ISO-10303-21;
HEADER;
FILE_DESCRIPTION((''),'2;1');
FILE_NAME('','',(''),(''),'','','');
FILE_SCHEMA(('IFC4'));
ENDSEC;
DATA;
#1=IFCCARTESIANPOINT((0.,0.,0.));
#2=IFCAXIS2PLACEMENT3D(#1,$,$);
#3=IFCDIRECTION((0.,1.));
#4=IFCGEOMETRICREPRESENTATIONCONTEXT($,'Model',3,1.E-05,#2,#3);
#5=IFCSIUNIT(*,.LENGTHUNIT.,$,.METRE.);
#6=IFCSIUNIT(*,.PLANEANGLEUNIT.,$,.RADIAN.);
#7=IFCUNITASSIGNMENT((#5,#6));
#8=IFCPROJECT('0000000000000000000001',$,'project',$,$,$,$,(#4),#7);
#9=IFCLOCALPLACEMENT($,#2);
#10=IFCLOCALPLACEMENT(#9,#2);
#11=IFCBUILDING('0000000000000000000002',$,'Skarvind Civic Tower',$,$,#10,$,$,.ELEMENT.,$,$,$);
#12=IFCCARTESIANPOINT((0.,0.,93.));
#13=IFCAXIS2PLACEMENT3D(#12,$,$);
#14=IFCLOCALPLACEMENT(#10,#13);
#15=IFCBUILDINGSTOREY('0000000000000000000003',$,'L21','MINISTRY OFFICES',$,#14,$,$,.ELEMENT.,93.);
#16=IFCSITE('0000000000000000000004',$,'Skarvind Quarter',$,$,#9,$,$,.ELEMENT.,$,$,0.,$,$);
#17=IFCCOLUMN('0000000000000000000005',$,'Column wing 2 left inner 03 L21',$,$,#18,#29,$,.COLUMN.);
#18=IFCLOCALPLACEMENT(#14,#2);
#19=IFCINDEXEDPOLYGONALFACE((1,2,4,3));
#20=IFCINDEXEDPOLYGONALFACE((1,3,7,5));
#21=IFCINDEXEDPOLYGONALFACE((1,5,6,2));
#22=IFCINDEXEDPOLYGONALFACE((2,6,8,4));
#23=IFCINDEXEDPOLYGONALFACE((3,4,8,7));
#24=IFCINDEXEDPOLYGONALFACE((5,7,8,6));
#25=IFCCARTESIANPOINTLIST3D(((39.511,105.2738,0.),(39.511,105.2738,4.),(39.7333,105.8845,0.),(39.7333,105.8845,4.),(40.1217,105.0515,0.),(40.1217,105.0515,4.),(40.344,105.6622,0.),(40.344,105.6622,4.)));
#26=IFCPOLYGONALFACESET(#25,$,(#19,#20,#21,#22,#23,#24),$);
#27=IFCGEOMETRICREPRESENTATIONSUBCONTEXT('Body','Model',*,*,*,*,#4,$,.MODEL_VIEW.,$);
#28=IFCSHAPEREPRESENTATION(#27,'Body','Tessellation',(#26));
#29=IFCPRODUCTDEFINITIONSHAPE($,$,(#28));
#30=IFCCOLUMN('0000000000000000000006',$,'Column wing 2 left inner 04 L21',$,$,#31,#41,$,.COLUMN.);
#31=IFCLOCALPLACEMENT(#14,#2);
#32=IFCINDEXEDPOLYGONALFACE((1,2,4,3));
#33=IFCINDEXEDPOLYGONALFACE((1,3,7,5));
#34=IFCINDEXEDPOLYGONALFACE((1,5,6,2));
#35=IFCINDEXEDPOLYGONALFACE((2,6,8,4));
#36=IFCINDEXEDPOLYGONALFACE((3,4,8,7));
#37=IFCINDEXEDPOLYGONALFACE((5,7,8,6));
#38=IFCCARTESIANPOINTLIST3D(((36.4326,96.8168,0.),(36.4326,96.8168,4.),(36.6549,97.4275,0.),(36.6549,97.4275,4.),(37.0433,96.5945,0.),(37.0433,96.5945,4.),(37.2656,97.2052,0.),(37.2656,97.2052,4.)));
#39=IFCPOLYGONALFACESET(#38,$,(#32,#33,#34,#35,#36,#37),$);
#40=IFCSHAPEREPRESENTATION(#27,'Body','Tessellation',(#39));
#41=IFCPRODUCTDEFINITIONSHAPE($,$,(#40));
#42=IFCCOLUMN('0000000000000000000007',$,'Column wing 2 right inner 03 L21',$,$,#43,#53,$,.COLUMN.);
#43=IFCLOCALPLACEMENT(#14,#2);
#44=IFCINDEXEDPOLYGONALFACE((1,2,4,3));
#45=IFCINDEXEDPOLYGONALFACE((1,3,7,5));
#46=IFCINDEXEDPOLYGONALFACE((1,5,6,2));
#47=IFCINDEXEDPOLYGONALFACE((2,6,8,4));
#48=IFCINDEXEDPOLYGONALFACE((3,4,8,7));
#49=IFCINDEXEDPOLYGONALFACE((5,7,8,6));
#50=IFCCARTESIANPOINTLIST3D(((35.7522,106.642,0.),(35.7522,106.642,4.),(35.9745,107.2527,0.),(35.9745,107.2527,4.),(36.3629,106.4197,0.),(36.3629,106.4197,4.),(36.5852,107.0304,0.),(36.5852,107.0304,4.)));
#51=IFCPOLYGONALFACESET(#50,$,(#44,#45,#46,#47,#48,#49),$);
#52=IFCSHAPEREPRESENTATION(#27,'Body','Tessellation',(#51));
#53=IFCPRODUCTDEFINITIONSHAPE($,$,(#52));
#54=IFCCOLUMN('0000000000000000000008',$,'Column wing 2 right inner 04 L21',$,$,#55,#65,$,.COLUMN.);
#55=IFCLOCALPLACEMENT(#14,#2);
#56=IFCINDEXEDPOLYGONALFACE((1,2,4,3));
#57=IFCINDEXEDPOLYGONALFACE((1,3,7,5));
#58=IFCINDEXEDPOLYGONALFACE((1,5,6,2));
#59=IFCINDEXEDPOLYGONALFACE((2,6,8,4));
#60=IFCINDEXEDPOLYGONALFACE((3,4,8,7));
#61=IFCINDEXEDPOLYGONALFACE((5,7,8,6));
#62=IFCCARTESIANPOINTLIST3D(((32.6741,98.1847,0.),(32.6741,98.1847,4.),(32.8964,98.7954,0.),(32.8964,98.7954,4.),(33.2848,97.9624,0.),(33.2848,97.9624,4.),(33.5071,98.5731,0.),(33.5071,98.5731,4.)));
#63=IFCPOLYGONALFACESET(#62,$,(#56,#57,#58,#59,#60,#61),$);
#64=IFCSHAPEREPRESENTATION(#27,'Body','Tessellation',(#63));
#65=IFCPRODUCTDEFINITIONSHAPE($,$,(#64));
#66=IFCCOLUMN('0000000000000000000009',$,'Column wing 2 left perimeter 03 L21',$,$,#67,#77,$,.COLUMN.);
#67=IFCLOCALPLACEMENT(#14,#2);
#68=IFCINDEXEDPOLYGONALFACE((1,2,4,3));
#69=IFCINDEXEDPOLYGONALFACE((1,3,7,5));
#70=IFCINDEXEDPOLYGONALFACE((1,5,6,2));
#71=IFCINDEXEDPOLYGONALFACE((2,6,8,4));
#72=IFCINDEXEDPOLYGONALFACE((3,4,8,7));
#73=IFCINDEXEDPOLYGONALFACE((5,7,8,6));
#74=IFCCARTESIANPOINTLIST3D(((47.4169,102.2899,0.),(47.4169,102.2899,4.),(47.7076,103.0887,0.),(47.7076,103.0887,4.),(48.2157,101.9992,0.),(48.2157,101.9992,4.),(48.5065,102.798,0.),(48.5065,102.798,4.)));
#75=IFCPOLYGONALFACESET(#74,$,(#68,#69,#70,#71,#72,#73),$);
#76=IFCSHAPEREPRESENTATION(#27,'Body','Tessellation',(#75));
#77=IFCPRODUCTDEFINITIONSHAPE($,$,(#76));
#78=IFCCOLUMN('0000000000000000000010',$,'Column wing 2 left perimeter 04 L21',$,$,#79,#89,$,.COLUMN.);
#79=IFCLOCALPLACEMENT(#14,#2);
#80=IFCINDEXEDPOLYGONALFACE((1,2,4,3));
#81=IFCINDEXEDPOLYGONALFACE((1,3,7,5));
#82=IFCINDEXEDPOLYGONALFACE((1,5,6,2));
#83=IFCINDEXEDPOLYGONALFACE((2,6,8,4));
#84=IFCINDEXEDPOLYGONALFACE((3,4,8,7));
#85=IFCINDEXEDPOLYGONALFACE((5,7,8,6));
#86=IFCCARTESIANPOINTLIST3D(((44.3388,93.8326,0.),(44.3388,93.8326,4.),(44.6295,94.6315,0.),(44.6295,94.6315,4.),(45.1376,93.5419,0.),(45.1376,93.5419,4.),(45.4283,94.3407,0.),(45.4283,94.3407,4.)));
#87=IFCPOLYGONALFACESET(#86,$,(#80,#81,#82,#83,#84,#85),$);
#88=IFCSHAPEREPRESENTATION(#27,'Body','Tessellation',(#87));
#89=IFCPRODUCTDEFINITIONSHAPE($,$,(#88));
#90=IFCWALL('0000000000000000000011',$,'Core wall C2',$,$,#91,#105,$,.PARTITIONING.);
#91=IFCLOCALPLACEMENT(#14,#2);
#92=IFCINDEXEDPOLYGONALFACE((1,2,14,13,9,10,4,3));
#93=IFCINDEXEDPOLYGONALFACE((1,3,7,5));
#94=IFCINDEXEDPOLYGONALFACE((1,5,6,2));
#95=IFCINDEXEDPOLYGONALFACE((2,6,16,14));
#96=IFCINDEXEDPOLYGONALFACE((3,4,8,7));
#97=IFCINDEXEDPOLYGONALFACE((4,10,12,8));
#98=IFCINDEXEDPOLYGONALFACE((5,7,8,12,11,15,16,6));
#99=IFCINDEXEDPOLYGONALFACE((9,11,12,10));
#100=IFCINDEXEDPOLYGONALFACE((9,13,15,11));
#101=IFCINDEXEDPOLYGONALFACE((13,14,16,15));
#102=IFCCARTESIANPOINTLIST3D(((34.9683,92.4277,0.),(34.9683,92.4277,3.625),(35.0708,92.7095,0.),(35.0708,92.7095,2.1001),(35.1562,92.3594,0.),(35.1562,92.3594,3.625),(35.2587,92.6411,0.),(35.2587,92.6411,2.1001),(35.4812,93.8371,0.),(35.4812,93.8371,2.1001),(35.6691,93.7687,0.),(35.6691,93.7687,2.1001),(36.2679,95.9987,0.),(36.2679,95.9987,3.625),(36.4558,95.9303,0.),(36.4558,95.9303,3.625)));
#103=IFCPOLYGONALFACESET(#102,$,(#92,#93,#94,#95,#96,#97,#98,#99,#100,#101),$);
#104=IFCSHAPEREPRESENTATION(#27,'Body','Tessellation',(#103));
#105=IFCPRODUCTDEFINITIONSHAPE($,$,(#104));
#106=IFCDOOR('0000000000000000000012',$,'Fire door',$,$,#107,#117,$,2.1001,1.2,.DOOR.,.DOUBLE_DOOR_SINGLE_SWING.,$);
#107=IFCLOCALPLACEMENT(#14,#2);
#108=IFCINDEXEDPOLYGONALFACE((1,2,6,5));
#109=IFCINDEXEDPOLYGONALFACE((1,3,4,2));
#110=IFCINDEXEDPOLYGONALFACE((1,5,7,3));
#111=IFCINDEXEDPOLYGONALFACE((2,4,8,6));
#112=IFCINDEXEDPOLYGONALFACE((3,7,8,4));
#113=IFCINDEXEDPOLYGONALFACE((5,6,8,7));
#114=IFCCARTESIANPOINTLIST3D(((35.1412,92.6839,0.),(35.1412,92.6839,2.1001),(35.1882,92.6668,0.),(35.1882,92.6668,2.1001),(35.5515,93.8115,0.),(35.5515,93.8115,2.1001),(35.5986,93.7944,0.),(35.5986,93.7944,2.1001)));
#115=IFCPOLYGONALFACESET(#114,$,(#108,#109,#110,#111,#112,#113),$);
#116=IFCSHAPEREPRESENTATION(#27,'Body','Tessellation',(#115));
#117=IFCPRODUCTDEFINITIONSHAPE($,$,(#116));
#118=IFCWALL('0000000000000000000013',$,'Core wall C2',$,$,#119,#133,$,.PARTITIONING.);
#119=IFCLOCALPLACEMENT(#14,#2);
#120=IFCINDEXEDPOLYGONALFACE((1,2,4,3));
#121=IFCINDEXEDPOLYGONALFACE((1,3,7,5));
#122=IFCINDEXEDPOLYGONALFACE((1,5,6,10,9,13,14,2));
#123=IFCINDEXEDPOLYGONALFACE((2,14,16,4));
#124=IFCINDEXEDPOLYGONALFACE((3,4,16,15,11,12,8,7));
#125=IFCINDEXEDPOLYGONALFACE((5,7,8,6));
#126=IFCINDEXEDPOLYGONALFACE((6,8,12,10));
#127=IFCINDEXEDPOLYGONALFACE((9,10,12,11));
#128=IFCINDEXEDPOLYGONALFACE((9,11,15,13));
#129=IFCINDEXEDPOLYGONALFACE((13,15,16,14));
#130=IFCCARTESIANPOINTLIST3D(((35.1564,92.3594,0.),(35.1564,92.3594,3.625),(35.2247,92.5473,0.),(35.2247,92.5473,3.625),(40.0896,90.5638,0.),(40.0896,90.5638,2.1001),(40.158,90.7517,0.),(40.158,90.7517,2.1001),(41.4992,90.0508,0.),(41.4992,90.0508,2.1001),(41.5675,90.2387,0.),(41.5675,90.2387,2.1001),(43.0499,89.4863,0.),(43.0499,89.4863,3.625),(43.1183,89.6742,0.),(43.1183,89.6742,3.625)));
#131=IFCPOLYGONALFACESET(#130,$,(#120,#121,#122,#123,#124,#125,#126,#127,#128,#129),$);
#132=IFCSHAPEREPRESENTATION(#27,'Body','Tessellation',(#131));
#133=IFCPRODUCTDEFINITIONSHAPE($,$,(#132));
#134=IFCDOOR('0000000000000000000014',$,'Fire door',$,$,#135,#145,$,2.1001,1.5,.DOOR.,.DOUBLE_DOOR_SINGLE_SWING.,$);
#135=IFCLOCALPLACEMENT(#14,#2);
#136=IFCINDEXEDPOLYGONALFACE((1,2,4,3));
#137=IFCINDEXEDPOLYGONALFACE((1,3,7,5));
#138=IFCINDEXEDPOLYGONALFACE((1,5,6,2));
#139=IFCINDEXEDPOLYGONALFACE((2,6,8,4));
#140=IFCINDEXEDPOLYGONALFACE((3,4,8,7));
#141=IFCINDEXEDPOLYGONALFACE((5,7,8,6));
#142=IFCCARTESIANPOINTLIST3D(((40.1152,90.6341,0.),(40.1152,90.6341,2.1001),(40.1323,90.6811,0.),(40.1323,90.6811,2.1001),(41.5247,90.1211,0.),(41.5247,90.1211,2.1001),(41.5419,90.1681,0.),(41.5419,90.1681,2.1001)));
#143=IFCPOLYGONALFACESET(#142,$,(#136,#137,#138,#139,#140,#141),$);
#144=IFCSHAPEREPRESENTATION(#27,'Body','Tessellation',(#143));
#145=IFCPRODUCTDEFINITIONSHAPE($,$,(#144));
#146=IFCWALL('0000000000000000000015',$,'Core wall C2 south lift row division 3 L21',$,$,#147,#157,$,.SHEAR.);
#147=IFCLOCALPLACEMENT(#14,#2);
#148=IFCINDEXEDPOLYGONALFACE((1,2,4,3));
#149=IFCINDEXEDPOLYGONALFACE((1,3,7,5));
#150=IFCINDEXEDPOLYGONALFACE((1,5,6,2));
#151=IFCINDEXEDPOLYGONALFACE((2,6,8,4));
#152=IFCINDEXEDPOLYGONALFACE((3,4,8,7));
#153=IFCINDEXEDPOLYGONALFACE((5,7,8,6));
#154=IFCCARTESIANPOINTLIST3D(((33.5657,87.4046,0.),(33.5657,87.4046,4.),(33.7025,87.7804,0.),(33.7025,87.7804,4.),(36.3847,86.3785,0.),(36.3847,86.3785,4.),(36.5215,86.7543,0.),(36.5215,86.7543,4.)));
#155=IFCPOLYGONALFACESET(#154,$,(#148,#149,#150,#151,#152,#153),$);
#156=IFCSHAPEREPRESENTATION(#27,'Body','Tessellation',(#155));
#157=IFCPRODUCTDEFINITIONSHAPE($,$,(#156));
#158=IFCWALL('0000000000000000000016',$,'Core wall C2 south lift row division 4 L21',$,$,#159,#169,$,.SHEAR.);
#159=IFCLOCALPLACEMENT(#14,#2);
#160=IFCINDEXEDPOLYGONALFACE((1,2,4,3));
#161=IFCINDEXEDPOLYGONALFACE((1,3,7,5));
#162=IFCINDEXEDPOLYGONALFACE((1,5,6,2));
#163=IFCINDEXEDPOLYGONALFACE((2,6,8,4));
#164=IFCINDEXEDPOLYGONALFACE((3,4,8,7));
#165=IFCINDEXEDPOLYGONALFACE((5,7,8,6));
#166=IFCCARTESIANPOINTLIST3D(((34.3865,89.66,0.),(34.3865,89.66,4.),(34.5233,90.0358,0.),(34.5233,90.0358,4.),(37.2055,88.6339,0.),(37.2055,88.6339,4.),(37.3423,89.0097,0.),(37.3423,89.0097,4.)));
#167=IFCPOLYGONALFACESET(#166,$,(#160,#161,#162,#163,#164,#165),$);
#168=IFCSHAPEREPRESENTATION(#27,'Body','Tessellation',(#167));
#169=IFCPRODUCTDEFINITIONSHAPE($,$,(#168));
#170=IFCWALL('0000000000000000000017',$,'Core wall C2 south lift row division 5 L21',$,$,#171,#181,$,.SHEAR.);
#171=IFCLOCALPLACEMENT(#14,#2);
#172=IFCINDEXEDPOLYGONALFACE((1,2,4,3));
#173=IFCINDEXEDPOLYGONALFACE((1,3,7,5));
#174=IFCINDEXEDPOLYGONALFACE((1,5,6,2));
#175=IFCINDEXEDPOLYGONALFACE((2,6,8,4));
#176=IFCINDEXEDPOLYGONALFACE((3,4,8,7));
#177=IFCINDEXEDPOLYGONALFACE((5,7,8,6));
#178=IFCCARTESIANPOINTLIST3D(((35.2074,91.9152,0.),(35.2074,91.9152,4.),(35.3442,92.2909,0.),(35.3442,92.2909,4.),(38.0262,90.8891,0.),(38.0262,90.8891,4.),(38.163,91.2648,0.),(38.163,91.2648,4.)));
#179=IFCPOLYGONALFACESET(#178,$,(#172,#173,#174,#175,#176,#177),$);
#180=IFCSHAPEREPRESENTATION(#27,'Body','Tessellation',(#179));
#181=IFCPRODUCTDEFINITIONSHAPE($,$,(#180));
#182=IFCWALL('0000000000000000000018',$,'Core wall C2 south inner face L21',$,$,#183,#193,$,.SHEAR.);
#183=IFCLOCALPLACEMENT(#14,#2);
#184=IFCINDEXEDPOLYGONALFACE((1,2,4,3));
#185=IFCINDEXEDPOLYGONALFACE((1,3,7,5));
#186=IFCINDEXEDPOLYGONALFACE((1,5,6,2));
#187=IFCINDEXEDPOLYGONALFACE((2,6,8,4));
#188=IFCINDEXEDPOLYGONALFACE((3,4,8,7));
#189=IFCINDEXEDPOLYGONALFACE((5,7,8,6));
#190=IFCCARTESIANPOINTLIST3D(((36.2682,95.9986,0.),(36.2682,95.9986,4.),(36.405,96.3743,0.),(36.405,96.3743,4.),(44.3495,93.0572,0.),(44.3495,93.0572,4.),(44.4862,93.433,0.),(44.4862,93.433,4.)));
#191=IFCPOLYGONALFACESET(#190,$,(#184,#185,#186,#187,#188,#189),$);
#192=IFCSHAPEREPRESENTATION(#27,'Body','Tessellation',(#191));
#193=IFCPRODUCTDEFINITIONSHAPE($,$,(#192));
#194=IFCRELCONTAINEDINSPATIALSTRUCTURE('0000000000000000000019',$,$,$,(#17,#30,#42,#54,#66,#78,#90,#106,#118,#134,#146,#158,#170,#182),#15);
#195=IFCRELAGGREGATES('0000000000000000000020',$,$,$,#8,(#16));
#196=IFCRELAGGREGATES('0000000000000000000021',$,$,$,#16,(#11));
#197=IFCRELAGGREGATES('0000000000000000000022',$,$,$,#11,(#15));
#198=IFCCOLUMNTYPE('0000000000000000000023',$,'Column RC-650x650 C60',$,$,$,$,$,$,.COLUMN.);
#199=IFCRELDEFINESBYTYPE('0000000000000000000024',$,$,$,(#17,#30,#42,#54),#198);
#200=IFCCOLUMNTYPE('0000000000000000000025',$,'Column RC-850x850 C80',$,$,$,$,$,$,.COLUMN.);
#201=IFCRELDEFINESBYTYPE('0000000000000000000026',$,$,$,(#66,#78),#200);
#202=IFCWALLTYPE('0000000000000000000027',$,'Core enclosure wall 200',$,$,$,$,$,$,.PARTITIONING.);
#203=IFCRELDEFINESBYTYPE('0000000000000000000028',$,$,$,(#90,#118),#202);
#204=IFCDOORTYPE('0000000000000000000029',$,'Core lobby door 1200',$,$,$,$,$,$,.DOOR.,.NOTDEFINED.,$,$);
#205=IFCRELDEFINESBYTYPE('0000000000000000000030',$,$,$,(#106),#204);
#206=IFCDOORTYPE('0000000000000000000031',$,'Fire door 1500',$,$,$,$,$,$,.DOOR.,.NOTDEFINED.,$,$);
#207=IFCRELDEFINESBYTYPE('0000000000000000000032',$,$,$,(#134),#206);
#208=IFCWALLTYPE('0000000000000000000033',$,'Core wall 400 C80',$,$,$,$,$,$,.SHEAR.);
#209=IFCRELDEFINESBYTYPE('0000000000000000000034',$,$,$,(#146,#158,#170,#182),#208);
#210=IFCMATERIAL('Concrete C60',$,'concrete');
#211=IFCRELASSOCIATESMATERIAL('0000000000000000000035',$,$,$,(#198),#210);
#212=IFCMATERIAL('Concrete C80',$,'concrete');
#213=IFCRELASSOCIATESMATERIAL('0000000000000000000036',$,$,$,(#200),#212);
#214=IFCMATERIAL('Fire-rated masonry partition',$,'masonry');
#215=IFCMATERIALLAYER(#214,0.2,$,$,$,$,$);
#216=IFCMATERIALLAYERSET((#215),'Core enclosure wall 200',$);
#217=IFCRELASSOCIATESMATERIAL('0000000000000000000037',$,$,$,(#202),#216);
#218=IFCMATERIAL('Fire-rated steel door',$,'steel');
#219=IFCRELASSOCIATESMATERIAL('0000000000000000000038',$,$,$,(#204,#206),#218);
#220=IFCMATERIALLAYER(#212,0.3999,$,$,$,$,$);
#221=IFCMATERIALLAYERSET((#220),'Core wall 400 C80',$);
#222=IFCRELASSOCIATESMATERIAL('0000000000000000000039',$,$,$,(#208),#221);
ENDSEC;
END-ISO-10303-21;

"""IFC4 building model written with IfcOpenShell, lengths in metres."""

from ifc_helpers import new_model, si_unit, direction, frame, frame_2d, origin, origin_2d, place, context, subcontext, project, spatial, rectangle, extrude, material, layer, layer_set, material_profile, profile_set, type_object, element, fill, save


model = new_model("IFC4")

# Units and contexts
model_context = context("Model", 3, precision=1e-05, world=origin(), true_north=direction((0.0, 1.0)))
body_context = subcontext(model_context, "Body", "Model", "MODEL_VIEW")
ifc_project = project(units=[si_unit("LENGTHUNIT", "METRE"), si_unit("PLANEANGLEUNIT", "RADIAN")], contexts=[model_context])

# Site, building, storey
site_placement = place(None, origin())
site = spatial("IfcSite", under=ifc_project, at=site_placement, Name="Skarvind Quarter", CompositionType="ELEMENT", RefElevation=0.0)
building_placement = place(site_placement, origin())
building = spatial("IfcBuilding", under=site, at=building_placement, Name="Skarvind Civic Tower", CompositionType="ELEMENT")
storey_placement = place(building_placement, frame((0.0, 0.0, 93.0)))
storey = spatial("IfcBuildingStorey", under=building, at=storey_placement, Name="L21", Description="MINISTRY OFFICES", CompositionType="ELEMENT", Elevation=93.0)

# Columns
ifc_material_1 = material(Name="Concrete C60", Category="concrete")
ifc_material_profile_1 = material_profile(ifc_material_1, rectangle(XDim=0.6499, YDim=0.6499, at=origin_2d()), Name="RC-650x650")
ifc_profile_set_1 = profile_set([ifc_material_profile_1], Name="Concrete C60")
column_type_1 = type_object("IfcColumnType", Name="Column RC-650x650 C60", PredefinedType="COLUMN", material=ifc_profile_set_1)
for number, where, z_axis, x_axis, name in (
    (1, (39.9275, 105.468, 0.0), (0.0, 0.0, 1.0), (-0.34202, -0.939693, 0.0), "Column wing 2 left inner 03 L21"),
    (2, (36.8491, 97.011, 0.0), (0.0, 0.0, 1.0), (-0.34202, -0.939693, 0.0), "Column wing 2 left inner 04 L21"),
    (3, (36.1687, 106.8362, 0.0), (0.0, 0.0, 1.0), (-0.34202, -0.939693, 0.0), "Column wing 2 right inner 03 L21"),
    (4, (33.0906, 98.3789, 0.0), (0.0, 0.0, 1.0), (-0.34202, -0.939693, 0.0), "Column wing 2 right inner 04 L21"),
):
    element("IfcColumn", number, at=place(storey_placement, frame(where, z_axis=z_axis, x_axis=x_axis)), inside=storey, type_object=column_type_1, Name=name, PredefinedType="COLUMN", context=body_context, shape_type="SweptSolid", body=[
        extrude(rectangle(XDim=0.6499, YDim=0.6499, at=origin_2d()), origin(), (0.0, 0.0, 1.0), 4.0),
    ])
ifc_material_2 = material(Name="Concrete C80", Category="concrete")
ifc_material_profile_2 = material_profile(ifc_material_2, rectangle(XDim=0.8501, YDim=0.8501, at=origin_2d()), Name="RC-850x850")
ifc_profile_set_2 = profile_set([ifc_material_profile_2], Name="Concrete C80")
column_type_2 = type_object("IfcColumnType", Name="Column RC-850x850 C80", PredefinedType="COLUMN", material=ifc_profile_set_2)
for number, where, z_axis, x_axis, name in (
    (5, (47.9617, 102.5439, 0.0), (0.0, 0.0, 1.0), (-0.34202, -0.939693, 0.0), "Column wing 2 left perimeter 03 L21"),
    (6, (44.8835, 94.0867, 0.0), (0.0, 0.0, 1.0), (-0.34202, -0.939693, 0.0), "Column wing 2 left perimeter 04 L21"),
):
    element("IfcColumn", number, at=place(storey_placement, frame(where, z_axis=z_axis, x_axis=x_axis)), inside=storey, type_object=column_type_2, Name=name, PredefinedType="COLUMN", context=body_context, shape_type="SweptSolid", body=[
        extrude(rectangle(XDim=0.8501, YDim=0.8501, at=origin_2d()), origin(), (0.0, 0.0, 1.0), 4.0),
    ])

# Walls, openings, doors
ifc_material_3 = material(Name="Fire-rated masonry partition", Category="masonry")
ifc_layer_1 = layer(ifc_material_3, 0.2)
ifc_layer_set_1 = layer_set([ifc_layer_1], Name="Core enclosure wall 200")
wall_type_1 = type_object("IfcWallType", Name="Core enclosure wall 200", PredefinedType="PARTITIONING", material=ifc_layer_set_1)
wall_1_placement = place(storey_placement, frame((36.3618, 95.9644, 0.0), z_axis=(0.0, 0.0, 1.0), x_axis=(-0.341996, -0.939701, 0.0)))
wall_1 = element("IfcWall", 7, at=wall_1_placement, inside=storey, type_object=wall_type_1, Name="Core wall C2", PredefinedType="PARTITIONING", context=body_context, shape_type="SweptSolid", body=[
    extrude(rectangle(XDim=3.8, YDim=0.2, at=frame_2d((1.8999, 0.0))), origin(), (0.0, 0.0, 1.0), 3.625),
])
opening_1_placement = place(wall_1_placement, frame((2.3, 0.0, 0.0)))
opening_1 = element("IfcOpeningElement", 8, at=opening_1_placement, cuts=wall_1, PredefinedType="OPENING", context=body_context, shape_type="SweptSolid", body=[
    extrude(rectangle(XDim=1.2, YDim=2.1001, at=frame_2d((0.6001, 1.05))), frame((0.0, 0.1099, 0.0), z_axis=(0.0, -1.0, 0.0), x_axis=(1.0, 0.0, 0.0)), (0.0, 0.0, 1.0), 0.22),
])
ifc_material_4 = material(Name="Fire-rated steel door", Category="steel")
door_type_1 = type_object("IfcDoorType", Name="Core lobby door 1200", OperationType="NOTDEFINED", PredefinedType="DOOR", material=ifc_material_4)
door_1_placement = place(opening_1_placement, origin())
door_1 = element("IfcDoor", 9, at=door_1_placement, inside=storey, type_object=door_type_1, Name="Fire door", OperationType="DOUBLE_DOOR_SINGLE_SWING", OverallHeight=2.1001, OverallWidth=1.2, PredefinedType="DOOR", context=body_context, shape_type="SweptSolid", body=[
    extrude(rectangle(XDim=1.2, YDim=2.1001, at=frame_2d((0.6001, 1.05))), frame((0.0, 0.0249, 0.0), z_axis=(0.0, -1.0, 0.0), x_axis=(1.0, 0.0, 0.0)), (0.0, 0.0, 1.0), 0.05),
])
fill(opening_1, door_1)
wall_2_placement = place(storey_placement, frame((35.1904, 92.4534, 0.0), z_axis=(0.0, 0.0, 1.0), x_axis=(0.939692, -0.342023, 0.0)))
wall_2 = element("IfcWall", 10, at=wall_2_placement, inside=storey, type_object=wall_type_1, Name="Core wall C2", PredefinedType="PARTITIONING", context=body_context, shape_type="SweptSolid", body=[
    extrude(rectangle(XDim=8.4001, YDim=0.2, at=frame_2d((4.2002, 0.0))), origin(), (0.0, 0.0, 1.0), 3.625),
])
opening_2_placement = place(wall_2_placement, frame((5.25, 0.0, 0.0)))
opening_2 = element("IfcOpeningElement", 11, at=opening_2_placement, cuts=wall_2, PredefinedType="OPENING", context=body_context, shape_type="SweptSolid", body=[
    extrude(rectangle(XDim=1.5, YDim=2.1001, at=frame_2d((0.75, 1.05))), frame((0.0, 0.1099, 0.0), z_axis=(0.0, -1.0, 0.0), x_axis=(1.0, 0.0, 0.0)), (0.0, 0.0, 1.0), 0.22),
])
door_type_2 = type_object("IfcDoorType", Name="Fire door 1500", OperationType="NOTDEFINED", PredefinedType="DOOR", material=ifc_material_4)
door_2_placement = place(opening_2_placement, origin())
door_2 = element("IfcDoor", 12, at=door_2_placement, inside=storey, type_object=door_type_2, Name="Fire door", OperationType="DOUBLE_DOOR_SINGLE_SWING", OverallHeight=2.1001, OverallWidth=1.5, PredefinedType="DOOR", context=body_context, shape_type="SweptSolid", body=[
    extrude(rectangle(XDim=1.5, YDim=2.1001, at=frame_2d((0.75, 1.05))), frame((0.0, 0.0249, 0.0), z_axis=(0.0, -1.0, 0.0), x_axis=(1.0, 0.0, 0.0)), (0.0, 0.0, 1.0), 0.05),
])
fill(opening_2, door_2)

# Walls
ifc_layer_2 = layer(ifc_material_2, 0.3999)
ifc_layer_set_2 = layer_set([ifc_layer_2], Name="Core wall 400 C80")
wall_type_2 = type_object("IfcWallType", Name="Core wall 400 C80", PredefinedType="SHEAR", material=ifc_layer_set_2)
for number, where, z_axis, x_axis, name in (
    (13, (36.4531, 86.5664, 0.0), (0.0, 0.0, 1.0), (-0.939686, 0.342037, 0.0), "Core wall C2 south lift row division 3 L21"),
    (14, (37.2739, 88.8218, 0.0), (0.0, 0.0, 1.0), (-0.939686, 0.342037, 0.0), "Core wall C2 south lift row division 4 L21"),
):
    element("IfcWall", number, at=place(storey_placement, frame(where, z_axis=z_axis, x_axis=x_axis)), inside=storey, type_object=wall_type_2, Name=name, PredefinedType="SHEAR", context=body_context, shape_type="SweptSolid", body=[
        extrude(rectangle(XDim=3.0, YDim=0.3999, at=frame_2d((1.5, 0.0))), origin(), (0.0, 0.0, 1.0), 4.0),
    ])
wall_3_placement = place(storey_placement, frame((38.0947, 91.0769, 0.0), z_axis=(0.0, 0.0, 1.0), x_axis=(-0.939677, 0.342063, 0.0)))
element("IfcWall", 15, at=wall_3_placement, inside=storey, type_object=wall_type_2, Name="Core wall C2 south lift row division 5 L21", PredefinedType="SHEAR", context=body_context, shape_type="SweptSolid", body=[
    extrude(rectangle(XDim=2.9998, YDim=0.3999, at=frame_2d((1.5, 0.0))), origin(), (0.0, 0.0, 1.0), 4.0),
])
wall_4_placement = place(storey_placement, frame((44.4177, 93.2451, 0.0), z_axis=(0.0, 0.0, 1.0), x_axis=(-0.939691, 0.342026, 0.0)))
element("IfcWall", 16, at=wall_4_placement, inside=storey, type_object=wall_type_2, Name="Core wall C2 south inner face L21", PredefinedType="SHEAR", context=body_context, shape_type="SweptSolid", body=[
    extrude(rectangle(XDim=8.5999, YDim=0.3999, at=frame_2d((4.2998, 0.0))), origin(), (0.0, 0.0, 1.0), 4.0),
])

save(model, "model.ifc")
